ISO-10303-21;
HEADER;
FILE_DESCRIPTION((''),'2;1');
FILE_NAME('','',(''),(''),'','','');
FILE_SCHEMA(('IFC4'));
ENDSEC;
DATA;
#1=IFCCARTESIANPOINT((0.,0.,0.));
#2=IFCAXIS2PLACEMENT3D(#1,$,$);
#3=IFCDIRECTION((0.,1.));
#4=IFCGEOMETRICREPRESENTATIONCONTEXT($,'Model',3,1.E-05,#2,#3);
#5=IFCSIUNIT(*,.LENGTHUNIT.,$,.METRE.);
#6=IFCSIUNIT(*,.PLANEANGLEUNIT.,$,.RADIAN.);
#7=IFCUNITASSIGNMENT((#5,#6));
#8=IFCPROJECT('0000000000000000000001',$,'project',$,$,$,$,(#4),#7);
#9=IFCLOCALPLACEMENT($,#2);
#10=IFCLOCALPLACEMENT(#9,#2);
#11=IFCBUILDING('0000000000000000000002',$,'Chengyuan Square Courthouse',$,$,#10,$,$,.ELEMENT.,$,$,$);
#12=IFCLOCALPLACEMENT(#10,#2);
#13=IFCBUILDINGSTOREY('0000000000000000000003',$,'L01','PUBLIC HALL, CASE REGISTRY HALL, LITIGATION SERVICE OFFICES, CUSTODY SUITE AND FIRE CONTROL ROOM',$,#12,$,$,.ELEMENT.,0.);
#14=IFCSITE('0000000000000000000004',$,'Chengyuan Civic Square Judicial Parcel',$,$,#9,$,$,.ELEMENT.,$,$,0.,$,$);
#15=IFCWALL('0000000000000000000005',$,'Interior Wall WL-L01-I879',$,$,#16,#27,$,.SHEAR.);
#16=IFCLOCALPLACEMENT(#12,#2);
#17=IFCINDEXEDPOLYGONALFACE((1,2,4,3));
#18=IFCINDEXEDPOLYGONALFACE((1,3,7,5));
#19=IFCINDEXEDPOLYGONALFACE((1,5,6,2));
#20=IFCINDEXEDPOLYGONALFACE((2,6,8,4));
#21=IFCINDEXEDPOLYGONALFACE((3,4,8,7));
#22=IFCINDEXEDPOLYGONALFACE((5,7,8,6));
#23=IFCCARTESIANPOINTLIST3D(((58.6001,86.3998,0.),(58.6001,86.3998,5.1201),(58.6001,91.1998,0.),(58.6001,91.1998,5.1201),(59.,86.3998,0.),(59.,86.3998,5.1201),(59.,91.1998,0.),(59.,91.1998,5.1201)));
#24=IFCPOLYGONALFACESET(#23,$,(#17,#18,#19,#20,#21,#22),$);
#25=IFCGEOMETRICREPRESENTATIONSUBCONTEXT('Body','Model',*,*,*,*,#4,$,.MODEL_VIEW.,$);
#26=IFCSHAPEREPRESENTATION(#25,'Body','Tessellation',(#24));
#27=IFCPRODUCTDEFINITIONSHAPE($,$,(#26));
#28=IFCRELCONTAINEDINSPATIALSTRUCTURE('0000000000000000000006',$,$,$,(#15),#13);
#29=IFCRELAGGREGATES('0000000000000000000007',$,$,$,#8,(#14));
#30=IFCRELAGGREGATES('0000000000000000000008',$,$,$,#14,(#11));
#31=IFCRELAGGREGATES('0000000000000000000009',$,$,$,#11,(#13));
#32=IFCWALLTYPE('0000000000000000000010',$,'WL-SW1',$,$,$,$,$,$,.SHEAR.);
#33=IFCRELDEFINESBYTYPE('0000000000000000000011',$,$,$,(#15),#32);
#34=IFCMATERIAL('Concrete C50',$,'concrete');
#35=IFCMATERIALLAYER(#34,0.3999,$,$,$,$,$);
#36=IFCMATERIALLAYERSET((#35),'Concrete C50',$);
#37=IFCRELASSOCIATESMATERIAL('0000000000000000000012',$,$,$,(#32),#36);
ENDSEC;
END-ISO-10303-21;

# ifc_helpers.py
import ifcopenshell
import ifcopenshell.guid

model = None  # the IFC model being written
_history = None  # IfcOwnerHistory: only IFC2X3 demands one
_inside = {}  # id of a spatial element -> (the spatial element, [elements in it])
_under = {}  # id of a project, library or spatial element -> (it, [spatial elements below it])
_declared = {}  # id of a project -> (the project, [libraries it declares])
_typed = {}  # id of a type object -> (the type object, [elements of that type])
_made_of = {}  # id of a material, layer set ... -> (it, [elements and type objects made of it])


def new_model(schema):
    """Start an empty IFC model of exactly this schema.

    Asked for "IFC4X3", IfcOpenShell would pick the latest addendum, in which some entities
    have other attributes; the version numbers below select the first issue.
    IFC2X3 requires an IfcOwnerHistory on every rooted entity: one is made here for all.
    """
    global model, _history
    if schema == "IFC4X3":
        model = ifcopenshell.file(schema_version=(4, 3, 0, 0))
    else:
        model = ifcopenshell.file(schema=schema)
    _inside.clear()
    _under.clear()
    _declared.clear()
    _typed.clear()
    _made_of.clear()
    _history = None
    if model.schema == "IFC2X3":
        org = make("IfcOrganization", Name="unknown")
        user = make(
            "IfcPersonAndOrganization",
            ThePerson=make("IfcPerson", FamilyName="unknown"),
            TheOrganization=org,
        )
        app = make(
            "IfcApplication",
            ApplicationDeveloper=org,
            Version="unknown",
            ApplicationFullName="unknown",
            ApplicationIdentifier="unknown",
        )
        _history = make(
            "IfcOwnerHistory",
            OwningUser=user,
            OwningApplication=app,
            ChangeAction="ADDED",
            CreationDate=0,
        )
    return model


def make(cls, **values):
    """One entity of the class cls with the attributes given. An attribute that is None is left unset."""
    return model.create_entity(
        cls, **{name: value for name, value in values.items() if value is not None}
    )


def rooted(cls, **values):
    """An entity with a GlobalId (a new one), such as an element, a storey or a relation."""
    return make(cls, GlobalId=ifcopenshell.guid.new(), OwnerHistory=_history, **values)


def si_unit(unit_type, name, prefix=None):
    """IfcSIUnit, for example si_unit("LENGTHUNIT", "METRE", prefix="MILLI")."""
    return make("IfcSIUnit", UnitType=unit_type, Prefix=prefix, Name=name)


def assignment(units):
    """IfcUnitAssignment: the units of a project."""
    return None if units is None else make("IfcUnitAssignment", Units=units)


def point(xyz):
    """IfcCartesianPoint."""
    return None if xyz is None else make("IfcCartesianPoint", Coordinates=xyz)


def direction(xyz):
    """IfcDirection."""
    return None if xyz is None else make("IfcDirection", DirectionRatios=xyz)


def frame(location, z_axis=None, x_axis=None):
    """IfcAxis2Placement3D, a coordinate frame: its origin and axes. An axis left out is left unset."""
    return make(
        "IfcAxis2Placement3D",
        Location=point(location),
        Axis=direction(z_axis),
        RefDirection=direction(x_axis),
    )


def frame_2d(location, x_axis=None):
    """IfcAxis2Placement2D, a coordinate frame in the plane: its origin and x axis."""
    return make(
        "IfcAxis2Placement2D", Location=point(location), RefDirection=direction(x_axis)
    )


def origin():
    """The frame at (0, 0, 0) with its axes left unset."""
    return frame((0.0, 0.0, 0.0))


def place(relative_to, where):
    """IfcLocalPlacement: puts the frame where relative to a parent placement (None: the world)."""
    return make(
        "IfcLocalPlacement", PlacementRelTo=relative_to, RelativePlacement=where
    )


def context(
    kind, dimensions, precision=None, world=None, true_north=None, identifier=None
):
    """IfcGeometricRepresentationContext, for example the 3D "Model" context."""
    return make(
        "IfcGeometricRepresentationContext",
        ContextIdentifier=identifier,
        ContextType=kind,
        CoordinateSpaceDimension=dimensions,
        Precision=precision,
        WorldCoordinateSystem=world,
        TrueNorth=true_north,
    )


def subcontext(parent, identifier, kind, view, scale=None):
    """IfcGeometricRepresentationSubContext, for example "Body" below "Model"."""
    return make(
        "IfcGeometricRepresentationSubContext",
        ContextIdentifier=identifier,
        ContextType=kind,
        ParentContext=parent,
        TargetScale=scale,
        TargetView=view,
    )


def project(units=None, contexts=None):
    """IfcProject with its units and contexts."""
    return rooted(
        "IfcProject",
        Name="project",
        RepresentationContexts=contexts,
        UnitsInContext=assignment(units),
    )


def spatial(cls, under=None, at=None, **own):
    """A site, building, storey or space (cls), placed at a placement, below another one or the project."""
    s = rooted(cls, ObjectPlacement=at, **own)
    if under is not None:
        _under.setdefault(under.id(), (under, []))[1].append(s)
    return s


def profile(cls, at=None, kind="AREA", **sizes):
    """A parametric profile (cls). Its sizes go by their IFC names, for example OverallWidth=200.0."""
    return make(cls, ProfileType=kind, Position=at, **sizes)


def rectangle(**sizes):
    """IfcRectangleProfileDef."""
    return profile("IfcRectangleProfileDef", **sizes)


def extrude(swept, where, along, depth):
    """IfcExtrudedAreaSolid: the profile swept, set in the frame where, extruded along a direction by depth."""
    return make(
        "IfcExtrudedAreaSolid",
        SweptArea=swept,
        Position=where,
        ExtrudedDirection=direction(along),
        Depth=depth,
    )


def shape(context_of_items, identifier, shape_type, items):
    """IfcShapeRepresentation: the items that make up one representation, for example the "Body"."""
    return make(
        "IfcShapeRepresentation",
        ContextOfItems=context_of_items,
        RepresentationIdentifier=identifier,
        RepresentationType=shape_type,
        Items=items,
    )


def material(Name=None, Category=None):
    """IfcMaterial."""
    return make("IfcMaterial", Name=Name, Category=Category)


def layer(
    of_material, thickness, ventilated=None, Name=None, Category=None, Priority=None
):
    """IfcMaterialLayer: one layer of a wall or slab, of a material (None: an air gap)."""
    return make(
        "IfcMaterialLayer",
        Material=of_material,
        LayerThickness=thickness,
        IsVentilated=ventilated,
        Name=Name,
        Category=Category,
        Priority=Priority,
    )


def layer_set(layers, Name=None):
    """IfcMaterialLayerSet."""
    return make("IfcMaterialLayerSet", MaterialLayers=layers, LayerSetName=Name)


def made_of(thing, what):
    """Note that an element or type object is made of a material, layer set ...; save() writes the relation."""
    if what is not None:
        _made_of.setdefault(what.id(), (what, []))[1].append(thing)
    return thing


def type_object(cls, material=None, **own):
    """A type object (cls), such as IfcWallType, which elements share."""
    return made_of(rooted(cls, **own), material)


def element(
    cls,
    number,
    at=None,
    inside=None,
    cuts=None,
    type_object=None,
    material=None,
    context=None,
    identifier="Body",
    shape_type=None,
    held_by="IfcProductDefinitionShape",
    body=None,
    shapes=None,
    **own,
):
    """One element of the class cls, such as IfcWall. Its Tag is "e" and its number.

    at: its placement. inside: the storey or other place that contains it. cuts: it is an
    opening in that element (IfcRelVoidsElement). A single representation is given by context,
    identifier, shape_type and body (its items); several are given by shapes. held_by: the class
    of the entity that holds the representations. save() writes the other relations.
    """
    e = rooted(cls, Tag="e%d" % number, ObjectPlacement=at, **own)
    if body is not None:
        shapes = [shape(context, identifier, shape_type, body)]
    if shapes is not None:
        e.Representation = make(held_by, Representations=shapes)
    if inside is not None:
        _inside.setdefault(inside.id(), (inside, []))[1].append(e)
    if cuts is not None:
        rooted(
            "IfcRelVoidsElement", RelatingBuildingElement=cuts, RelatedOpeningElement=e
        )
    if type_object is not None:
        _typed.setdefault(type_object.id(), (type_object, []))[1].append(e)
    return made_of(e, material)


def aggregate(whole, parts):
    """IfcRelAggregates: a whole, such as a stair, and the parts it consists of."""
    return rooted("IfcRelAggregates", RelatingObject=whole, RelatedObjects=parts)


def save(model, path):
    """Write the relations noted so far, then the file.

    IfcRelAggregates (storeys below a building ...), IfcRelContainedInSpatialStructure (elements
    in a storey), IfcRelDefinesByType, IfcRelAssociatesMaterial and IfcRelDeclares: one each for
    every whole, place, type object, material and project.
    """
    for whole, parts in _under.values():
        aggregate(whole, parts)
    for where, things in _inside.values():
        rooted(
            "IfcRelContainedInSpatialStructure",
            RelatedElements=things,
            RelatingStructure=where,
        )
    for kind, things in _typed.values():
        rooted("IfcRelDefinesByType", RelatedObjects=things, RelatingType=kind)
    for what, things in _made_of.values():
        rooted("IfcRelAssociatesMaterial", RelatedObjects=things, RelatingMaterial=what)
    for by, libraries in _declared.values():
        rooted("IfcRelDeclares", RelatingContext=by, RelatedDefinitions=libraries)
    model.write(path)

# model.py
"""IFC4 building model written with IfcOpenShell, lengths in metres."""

from ifc_helpers import new_model, si_unit, direction, frame, frame_2d, origin, place, context, subcontext, project, spatial, rectangle, extrude, material, layer, layer_set, type_object, element, save


model = new_model("IFC4")

# Units and contexts
model_context = context("Model", 3, precision=1e-05, world=origin(), true_north=direction((0.0, 1.0)))
body_context = subcontext(model_context, "Body", "Model", "MODEL_VIEW")
ifc_project = project(units=[si_unit("LENGTHUNIT", "METRE"), si_unit("PLANEANGLEUNIT", "RADIAN")], contexts=[model_context])

# Site, building, storey
site_placement = place(None, origin())
site = spatial("IfcSite", under=ifc_project, at=site_placement, Name="Chengyuan Civic Square Judicial Parcel", CompositionType="ELEMENT", RefElevation=0.0)
building_placement = place(site_placement, origin())
building = spatial("IfcBuilding", under=site, at=building_placement, Name="Chengyuan Square Courthouse", CompositionType="ELEMENT")
storey_placement = place(building_placement, origin())
storey = spatial("IfcBuildingStorey", under=building, at=storey_placement, Name="L01", Description="PUBLIC HALL, CASE REGISTRY HALL, LITIGATION SERVICE OFFICES, CUSTODY SUITE AND FIRE CONTROL ROOM", CompositionType="ELEMENT", Elevation=0.0)

# Shared definitions
ifc_material_1 = material(Name="Concrete C50", Category="concrete")

# Shared definitions
ifc_layer_1 = layer(ifc_material_1, 0.3999)
ifc_layer_set_1 = layer_set([ifc_layer_1], Name="Concrete C50")
wall_type_1 = type_object("IfcWallType", Name="WL-SW1", PredefinedType="SHEAR", material=ifc_layer_set_1)

# Wall
wall_1_placement = place(storey_placement, frame((58.8, 86.3999, 0.0), z_axis=(0.0, 0.0, 1.0), x_axis=(0.0, 1.0, 0.0)))
element("IfcWall", 1, at=wall_1_placement, inside=storey, type_object=wall_type_1, Name="Interior Wall WL-L01-I879", PredefinedType="SHEAR", context=body_context, shape_type="SweptSolid", body=[
    extrude(rectangle(XDim=4.8, YDim=0.3999, at=frame_2d((2.3999, 0.0))), origin(), (0.0, 0.0, 1.0), 5.1201),
])

save(model, "model.ifc")
